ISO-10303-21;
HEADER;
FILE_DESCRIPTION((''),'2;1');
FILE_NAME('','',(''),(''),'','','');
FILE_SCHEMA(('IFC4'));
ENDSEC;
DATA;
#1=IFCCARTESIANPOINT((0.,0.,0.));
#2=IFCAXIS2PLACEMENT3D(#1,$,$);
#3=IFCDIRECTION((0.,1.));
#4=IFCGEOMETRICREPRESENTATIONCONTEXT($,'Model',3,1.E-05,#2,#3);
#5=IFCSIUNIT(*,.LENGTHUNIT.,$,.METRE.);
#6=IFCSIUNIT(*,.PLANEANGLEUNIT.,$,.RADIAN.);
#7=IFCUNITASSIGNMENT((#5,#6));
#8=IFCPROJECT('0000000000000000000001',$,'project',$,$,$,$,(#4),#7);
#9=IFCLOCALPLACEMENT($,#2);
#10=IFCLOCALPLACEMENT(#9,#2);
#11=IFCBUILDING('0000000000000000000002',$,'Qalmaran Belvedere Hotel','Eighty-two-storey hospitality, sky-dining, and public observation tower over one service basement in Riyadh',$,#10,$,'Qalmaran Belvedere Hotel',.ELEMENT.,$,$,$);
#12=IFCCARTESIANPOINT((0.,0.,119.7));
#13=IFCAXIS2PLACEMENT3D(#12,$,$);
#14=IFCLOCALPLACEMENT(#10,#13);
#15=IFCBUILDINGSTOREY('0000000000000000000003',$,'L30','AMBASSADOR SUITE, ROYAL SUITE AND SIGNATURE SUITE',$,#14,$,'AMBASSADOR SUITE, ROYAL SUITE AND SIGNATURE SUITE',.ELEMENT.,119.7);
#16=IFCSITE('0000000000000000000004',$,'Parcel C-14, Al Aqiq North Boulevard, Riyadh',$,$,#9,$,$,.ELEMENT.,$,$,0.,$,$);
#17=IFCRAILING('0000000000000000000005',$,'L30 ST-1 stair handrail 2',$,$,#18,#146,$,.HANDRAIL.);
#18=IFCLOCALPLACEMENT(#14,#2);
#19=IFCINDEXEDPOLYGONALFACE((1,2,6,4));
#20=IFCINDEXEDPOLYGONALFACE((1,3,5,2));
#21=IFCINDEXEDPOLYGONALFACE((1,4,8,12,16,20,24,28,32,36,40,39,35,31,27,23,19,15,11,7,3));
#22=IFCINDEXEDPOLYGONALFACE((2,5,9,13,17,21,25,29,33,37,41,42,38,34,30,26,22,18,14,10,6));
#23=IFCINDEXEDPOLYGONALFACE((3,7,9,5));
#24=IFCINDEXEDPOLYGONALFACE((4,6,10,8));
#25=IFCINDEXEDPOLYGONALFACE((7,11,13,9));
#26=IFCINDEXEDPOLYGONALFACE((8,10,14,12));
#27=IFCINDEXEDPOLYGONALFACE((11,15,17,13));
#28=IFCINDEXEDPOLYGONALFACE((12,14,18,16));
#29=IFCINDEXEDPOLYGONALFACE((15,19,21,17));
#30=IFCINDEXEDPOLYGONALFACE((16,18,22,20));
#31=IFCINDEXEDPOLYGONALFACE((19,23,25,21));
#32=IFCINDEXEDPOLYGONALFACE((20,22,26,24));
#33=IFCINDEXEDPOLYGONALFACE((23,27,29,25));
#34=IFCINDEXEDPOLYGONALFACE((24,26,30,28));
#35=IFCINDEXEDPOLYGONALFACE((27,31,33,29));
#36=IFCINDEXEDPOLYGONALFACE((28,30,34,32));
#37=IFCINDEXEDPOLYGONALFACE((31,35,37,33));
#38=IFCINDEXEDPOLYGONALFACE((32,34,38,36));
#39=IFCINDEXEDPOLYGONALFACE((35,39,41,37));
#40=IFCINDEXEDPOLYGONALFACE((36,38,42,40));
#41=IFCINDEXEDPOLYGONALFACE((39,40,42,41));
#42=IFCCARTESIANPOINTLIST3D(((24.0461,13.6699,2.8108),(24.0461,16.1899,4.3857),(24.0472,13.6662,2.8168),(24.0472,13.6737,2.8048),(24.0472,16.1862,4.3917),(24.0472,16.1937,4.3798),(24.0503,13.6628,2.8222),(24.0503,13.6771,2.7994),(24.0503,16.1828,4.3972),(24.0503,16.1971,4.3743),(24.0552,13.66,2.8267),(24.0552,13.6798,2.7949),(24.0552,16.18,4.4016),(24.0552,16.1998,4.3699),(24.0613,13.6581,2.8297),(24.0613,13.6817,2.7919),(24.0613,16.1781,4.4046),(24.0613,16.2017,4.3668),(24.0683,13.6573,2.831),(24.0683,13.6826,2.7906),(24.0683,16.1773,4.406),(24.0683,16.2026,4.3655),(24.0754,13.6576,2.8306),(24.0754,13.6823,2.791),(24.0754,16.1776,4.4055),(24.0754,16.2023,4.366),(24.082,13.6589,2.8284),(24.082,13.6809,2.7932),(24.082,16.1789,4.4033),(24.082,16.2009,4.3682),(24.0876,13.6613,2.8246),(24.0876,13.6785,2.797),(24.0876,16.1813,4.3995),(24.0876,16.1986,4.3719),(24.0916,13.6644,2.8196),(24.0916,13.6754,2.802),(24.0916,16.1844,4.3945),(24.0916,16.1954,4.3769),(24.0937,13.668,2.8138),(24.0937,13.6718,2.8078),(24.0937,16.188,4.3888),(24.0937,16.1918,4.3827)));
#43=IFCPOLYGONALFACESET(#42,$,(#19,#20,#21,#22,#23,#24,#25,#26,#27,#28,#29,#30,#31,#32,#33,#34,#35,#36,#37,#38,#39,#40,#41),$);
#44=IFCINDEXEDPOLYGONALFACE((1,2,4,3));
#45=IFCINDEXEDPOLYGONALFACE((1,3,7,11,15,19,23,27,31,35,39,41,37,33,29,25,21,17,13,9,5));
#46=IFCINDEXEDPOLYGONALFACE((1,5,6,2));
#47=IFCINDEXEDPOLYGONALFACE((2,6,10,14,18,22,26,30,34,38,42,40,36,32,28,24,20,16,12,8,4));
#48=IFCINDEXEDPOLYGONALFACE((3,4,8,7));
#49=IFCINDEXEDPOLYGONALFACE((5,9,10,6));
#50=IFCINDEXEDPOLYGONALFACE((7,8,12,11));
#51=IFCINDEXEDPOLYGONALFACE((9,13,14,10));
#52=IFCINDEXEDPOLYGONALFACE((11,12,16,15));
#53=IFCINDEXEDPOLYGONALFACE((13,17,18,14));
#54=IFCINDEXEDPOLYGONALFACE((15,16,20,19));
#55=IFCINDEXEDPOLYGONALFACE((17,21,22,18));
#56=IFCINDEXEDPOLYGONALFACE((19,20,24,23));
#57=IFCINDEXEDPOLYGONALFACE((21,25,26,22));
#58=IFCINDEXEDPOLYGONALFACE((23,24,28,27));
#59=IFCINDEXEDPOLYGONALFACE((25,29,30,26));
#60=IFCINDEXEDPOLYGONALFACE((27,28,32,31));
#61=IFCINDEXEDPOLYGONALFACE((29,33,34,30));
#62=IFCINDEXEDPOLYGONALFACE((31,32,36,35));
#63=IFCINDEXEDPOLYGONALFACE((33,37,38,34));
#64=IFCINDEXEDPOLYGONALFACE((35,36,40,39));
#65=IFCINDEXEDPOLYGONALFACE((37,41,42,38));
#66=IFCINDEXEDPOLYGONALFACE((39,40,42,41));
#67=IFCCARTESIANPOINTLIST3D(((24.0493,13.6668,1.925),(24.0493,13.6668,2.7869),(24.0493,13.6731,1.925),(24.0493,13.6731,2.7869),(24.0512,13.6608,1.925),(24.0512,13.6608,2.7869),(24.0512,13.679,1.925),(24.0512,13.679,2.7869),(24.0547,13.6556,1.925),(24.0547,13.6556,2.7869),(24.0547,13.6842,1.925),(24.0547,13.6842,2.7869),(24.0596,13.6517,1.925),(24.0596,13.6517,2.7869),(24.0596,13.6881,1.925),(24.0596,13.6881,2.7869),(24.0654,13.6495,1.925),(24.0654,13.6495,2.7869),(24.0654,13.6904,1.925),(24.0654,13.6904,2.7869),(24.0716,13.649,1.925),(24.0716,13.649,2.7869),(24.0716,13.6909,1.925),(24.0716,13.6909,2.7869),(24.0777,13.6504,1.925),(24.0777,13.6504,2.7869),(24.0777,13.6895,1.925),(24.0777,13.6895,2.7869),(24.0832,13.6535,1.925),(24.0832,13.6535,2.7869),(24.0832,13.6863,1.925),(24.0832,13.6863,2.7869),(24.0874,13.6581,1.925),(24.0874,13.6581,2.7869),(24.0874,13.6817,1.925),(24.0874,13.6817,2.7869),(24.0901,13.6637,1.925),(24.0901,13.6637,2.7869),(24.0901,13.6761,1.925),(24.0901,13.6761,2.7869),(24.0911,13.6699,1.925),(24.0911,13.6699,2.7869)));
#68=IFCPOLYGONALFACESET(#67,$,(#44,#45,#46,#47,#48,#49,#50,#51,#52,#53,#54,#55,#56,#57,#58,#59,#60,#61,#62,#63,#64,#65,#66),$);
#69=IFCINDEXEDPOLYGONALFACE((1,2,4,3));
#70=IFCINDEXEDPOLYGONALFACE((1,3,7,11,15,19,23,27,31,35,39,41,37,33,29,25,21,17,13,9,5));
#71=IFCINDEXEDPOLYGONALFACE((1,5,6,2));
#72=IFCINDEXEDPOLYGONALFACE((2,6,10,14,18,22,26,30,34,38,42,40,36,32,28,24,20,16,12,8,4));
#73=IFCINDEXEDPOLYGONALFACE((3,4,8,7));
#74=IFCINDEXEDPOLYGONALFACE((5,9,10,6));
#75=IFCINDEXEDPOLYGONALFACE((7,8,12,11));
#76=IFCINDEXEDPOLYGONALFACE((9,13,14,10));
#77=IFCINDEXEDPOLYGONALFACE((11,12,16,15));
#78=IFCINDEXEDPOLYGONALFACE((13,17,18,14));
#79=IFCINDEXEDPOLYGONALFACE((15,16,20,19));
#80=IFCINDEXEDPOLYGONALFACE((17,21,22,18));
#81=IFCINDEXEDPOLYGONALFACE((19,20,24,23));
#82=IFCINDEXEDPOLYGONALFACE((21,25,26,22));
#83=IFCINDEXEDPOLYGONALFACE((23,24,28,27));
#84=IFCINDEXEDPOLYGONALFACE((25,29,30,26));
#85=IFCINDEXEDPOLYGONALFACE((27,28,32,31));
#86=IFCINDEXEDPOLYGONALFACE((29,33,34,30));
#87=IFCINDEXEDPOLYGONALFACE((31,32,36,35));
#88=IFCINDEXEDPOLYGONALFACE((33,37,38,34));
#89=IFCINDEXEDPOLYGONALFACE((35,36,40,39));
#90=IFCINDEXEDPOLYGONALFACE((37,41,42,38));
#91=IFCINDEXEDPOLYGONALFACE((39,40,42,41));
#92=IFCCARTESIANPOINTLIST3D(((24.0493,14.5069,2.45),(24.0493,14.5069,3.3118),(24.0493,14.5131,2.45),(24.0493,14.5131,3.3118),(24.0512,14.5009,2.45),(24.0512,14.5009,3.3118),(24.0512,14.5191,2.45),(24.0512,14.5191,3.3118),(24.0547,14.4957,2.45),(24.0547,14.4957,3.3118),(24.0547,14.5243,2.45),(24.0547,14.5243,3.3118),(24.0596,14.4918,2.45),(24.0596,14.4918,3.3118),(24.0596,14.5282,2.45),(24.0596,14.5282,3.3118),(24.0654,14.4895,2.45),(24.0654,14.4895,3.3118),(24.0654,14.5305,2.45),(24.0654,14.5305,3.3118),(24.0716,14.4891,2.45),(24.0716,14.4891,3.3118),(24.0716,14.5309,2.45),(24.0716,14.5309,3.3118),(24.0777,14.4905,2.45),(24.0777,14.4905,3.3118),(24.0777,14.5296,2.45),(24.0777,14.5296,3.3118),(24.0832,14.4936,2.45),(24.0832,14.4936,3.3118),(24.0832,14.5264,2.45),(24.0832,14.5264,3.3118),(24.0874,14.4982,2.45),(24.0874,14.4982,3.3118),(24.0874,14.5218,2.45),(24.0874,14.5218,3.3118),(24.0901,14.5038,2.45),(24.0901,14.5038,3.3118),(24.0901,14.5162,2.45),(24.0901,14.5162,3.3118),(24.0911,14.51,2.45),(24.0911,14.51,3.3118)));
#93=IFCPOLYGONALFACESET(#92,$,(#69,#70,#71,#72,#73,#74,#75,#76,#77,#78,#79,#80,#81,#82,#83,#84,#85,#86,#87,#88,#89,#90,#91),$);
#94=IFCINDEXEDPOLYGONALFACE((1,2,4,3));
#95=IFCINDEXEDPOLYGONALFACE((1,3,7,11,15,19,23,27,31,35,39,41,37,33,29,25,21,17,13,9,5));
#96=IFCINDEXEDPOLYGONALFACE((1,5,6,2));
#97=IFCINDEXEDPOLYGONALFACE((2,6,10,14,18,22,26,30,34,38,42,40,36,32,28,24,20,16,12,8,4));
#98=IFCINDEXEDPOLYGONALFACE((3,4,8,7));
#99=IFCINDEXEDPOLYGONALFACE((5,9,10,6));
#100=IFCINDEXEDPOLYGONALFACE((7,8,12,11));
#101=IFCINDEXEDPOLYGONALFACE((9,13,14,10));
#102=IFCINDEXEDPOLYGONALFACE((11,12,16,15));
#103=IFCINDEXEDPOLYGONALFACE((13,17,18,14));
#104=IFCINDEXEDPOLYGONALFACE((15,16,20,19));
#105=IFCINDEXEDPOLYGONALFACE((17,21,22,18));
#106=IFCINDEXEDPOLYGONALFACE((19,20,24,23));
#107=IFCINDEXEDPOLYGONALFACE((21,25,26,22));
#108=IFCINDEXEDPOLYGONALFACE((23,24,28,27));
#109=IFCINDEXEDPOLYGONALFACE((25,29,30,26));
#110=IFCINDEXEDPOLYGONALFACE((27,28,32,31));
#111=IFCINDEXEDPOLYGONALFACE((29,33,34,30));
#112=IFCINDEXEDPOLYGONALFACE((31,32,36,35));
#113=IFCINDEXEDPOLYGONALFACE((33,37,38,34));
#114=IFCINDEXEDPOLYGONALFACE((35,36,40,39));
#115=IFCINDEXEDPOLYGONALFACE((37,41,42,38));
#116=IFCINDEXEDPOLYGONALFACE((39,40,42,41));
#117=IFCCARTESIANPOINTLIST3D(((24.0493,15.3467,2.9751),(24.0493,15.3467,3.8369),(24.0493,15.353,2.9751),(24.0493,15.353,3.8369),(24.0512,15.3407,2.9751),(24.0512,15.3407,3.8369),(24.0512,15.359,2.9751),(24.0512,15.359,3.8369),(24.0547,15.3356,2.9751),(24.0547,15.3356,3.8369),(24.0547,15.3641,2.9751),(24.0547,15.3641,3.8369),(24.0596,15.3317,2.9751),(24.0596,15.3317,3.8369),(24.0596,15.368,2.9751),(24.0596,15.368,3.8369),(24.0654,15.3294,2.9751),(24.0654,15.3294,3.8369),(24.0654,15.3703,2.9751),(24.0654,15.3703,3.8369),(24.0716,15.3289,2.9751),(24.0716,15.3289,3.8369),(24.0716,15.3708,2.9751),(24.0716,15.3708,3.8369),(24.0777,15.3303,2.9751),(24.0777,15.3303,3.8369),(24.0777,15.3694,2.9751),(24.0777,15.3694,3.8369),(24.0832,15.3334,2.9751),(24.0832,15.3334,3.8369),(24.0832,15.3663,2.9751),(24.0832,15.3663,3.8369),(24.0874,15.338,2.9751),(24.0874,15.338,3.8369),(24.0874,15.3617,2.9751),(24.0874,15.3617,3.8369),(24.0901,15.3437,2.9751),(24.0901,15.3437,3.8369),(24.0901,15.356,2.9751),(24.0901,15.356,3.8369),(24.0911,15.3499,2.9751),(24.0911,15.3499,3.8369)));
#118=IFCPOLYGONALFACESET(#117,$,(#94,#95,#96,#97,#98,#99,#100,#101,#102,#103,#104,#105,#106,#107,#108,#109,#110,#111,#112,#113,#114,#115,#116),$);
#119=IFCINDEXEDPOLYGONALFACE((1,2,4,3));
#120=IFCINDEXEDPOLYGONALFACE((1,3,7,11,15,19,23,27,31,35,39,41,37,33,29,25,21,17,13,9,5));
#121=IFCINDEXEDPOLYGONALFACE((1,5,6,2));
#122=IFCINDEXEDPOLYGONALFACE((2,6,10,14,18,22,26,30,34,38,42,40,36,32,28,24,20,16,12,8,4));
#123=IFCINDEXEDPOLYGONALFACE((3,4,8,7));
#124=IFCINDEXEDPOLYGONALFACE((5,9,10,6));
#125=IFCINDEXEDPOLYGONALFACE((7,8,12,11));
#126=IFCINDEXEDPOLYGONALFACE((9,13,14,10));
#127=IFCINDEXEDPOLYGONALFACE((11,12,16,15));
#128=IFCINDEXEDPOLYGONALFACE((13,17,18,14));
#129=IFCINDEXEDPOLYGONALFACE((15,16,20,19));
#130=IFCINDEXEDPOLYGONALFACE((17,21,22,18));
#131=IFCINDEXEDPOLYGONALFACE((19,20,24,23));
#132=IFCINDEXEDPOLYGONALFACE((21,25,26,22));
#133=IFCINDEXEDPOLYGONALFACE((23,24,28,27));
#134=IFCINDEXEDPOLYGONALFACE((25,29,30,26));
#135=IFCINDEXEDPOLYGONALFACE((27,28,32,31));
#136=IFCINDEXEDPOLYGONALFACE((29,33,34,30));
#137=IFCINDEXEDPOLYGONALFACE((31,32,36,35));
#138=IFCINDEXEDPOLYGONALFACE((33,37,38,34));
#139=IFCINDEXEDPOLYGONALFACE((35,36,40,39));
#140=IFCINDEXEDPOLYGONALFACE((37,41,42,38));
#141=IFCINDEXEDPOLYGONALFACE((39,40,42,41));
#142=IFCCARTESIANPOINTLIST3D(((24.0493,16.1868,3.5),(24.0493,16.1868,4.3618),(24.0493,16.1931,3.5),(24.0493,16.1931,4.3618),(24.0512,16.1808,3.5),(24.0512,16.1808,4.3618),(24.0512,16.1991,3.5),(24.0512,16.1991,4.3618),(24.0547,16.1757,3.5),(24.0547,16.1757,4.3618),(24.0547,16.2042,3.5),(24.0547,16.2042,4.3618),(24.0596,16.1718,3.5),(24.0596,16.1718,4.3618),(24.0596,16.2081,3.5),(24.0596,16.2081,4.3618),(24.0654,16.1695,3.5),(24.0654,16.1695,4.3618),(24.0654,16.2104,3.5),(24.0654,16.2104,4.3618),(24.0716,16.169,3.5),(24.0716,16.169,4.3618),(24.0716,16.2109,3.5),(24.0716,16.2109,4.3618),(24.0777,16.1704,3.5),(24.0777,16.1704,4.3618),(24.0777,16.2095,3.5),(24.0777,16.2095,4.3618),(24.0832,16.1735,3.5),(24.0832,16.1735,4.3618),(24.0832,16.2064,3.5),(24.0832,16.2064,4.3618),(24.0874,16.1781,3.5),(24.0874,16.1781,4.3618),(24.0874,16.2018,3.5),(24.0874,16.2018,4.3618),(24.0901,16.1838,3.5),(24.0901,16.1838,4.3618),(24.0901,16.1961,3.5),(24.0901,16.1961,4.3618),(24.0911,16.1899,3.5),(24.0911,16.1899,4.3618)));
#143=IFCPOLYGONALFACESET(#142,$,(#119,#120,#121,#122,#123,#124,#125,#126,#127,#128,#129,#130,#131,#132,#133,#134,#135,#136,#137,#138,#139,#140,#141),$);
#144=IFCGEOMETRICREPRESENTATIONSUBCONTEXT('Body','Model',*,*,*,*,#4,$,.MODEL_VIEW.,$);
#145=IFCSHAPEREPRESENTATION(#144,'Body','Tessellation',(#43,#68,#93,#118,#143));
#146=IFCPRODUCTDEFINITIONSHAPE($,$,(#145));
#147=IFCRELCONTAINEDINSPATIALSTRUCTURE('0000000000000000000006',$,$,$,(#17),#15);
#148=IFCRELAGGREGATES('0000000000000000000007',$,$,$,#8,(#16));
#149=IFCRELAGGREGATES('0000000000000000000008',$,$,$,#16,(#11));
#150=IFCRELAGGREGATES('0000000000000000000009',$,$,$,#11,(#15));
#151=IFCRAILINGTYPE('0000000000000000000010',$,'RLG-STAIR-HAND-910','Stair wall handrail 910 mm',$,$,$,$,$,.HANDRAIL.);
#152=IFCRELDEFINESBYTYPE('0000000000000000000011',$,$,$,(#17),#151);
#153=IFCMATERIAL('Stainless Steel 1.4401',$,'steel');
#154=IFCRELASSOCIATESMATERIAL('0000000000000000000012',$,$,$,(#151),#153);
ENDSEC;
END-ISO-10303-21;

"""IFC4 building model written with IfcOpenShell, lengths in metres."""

from ifc_helpers import new_model, si_unit, direction, frame, origin, origin_2d, place, context, subcontext, project, spatial, circle, extrude, material, type_object, element, save


model = new_model("IFC4")

# Units and contexts
model_context = context("Model", 3, precision=1e-05, world=origin(), true_north=direction((0.0, 1.0)))
body_context = subcontext(model_context, "Body", "Model", "MODEL_VIEW")
ifc_project = project(units=[si_unit("LENGTHUNIT", "METRE"), si_unit("PLANEANGLEUNIT", "RADIAN")], contexts=[model_context])

# Site, building, storey
site_placement = place(None, origin())
site = spatial("IfcSite", under=ifc_project, at=site_placement, Name="Parcel C-14, Al Aqiq North Boulevard, Riyadh", CompositionType="ELEMENT", RefElevation=0.0)
building_placement = place(site_placement, origin())
building = spatial("IfcBuilding", under=site, at=building_placement, Name="Qalmaran Belvedere Hotel", Description="Eighty-two-storey hospitality, sky-dining, and public observation tower over one service basement in Riyadh", LongName="Qalmaran Belvedere Hotel", CompositionType="ELEMENT")
storey_placement = place(building_placement, frame((0.0, 0.0, 119.7)))
storey = spatial("IfcBuildingStorey", under=building, at=storey_placement, Name="L30", Description="AMBASSADOR SUITE, ROYAL SUITE AND SIGNATURE SUITE", LongName="AMBASSADOR SUITE, ROYAL SUITE AND SIGNATURE SUITE", CompositionType="ELEMENT", Elevation=119.7)

# Shared definitions
ifc_material_1 = material(Name="Stainless Steel 1.4401", Category="steel")

# Railing
railing_type_1 = type_object("IfcRailingType", Name="RLG-STAIR-HAND-910", Description="Stair wall handrail 910 mm", PredefinedType="HANDRAIL", material=ifc_material_1)
railing_1_placement = place(storey_placement, frame((24.0701, 13.6699, 1.925)))
element("IfcRailing", 1, at=railing_1_placement, inside=storey, type_object=railing_type_1, Name="L30 ST-1 stair handrail 2", PredefinedType="HANDRAIL", context=body_context, shape_type="SweptSolid", body=[
    extrude(circle(Radius=0.0239, at=origin_2d()), frame((0.0, 0.0, 0.8857), z_axis=(0.0, 0.848008, 0.529984), x_axis=(-1.0, 0.0, 0.0)), (0.0, 0.0, 1.0), 2.9717),
    extrude(circle(Radius=0.021, at=origin_2d()), origin(), (0.0, 0.0, 1.0), 0.8618),
    extrude(circle(Radius=0.021, at=origin_2d()), frame((0.0, 0.8401, 0.5249)), (0.0, 0.0, 1.0), 0.8618),
    extrude(circle(Radius=0.021, at=origin_2d()), frame((0.0, 1.6799, 1.05)), (0.0, 0.0, 1.0), 0.8618),
    extrude(circle(Radius=0.021, at=origin_2d()), frame((0.0, 2.52, 1.575)), (0.0, 0.0, 1.0), 0.8618),
])

save(model, "model.ifc")
